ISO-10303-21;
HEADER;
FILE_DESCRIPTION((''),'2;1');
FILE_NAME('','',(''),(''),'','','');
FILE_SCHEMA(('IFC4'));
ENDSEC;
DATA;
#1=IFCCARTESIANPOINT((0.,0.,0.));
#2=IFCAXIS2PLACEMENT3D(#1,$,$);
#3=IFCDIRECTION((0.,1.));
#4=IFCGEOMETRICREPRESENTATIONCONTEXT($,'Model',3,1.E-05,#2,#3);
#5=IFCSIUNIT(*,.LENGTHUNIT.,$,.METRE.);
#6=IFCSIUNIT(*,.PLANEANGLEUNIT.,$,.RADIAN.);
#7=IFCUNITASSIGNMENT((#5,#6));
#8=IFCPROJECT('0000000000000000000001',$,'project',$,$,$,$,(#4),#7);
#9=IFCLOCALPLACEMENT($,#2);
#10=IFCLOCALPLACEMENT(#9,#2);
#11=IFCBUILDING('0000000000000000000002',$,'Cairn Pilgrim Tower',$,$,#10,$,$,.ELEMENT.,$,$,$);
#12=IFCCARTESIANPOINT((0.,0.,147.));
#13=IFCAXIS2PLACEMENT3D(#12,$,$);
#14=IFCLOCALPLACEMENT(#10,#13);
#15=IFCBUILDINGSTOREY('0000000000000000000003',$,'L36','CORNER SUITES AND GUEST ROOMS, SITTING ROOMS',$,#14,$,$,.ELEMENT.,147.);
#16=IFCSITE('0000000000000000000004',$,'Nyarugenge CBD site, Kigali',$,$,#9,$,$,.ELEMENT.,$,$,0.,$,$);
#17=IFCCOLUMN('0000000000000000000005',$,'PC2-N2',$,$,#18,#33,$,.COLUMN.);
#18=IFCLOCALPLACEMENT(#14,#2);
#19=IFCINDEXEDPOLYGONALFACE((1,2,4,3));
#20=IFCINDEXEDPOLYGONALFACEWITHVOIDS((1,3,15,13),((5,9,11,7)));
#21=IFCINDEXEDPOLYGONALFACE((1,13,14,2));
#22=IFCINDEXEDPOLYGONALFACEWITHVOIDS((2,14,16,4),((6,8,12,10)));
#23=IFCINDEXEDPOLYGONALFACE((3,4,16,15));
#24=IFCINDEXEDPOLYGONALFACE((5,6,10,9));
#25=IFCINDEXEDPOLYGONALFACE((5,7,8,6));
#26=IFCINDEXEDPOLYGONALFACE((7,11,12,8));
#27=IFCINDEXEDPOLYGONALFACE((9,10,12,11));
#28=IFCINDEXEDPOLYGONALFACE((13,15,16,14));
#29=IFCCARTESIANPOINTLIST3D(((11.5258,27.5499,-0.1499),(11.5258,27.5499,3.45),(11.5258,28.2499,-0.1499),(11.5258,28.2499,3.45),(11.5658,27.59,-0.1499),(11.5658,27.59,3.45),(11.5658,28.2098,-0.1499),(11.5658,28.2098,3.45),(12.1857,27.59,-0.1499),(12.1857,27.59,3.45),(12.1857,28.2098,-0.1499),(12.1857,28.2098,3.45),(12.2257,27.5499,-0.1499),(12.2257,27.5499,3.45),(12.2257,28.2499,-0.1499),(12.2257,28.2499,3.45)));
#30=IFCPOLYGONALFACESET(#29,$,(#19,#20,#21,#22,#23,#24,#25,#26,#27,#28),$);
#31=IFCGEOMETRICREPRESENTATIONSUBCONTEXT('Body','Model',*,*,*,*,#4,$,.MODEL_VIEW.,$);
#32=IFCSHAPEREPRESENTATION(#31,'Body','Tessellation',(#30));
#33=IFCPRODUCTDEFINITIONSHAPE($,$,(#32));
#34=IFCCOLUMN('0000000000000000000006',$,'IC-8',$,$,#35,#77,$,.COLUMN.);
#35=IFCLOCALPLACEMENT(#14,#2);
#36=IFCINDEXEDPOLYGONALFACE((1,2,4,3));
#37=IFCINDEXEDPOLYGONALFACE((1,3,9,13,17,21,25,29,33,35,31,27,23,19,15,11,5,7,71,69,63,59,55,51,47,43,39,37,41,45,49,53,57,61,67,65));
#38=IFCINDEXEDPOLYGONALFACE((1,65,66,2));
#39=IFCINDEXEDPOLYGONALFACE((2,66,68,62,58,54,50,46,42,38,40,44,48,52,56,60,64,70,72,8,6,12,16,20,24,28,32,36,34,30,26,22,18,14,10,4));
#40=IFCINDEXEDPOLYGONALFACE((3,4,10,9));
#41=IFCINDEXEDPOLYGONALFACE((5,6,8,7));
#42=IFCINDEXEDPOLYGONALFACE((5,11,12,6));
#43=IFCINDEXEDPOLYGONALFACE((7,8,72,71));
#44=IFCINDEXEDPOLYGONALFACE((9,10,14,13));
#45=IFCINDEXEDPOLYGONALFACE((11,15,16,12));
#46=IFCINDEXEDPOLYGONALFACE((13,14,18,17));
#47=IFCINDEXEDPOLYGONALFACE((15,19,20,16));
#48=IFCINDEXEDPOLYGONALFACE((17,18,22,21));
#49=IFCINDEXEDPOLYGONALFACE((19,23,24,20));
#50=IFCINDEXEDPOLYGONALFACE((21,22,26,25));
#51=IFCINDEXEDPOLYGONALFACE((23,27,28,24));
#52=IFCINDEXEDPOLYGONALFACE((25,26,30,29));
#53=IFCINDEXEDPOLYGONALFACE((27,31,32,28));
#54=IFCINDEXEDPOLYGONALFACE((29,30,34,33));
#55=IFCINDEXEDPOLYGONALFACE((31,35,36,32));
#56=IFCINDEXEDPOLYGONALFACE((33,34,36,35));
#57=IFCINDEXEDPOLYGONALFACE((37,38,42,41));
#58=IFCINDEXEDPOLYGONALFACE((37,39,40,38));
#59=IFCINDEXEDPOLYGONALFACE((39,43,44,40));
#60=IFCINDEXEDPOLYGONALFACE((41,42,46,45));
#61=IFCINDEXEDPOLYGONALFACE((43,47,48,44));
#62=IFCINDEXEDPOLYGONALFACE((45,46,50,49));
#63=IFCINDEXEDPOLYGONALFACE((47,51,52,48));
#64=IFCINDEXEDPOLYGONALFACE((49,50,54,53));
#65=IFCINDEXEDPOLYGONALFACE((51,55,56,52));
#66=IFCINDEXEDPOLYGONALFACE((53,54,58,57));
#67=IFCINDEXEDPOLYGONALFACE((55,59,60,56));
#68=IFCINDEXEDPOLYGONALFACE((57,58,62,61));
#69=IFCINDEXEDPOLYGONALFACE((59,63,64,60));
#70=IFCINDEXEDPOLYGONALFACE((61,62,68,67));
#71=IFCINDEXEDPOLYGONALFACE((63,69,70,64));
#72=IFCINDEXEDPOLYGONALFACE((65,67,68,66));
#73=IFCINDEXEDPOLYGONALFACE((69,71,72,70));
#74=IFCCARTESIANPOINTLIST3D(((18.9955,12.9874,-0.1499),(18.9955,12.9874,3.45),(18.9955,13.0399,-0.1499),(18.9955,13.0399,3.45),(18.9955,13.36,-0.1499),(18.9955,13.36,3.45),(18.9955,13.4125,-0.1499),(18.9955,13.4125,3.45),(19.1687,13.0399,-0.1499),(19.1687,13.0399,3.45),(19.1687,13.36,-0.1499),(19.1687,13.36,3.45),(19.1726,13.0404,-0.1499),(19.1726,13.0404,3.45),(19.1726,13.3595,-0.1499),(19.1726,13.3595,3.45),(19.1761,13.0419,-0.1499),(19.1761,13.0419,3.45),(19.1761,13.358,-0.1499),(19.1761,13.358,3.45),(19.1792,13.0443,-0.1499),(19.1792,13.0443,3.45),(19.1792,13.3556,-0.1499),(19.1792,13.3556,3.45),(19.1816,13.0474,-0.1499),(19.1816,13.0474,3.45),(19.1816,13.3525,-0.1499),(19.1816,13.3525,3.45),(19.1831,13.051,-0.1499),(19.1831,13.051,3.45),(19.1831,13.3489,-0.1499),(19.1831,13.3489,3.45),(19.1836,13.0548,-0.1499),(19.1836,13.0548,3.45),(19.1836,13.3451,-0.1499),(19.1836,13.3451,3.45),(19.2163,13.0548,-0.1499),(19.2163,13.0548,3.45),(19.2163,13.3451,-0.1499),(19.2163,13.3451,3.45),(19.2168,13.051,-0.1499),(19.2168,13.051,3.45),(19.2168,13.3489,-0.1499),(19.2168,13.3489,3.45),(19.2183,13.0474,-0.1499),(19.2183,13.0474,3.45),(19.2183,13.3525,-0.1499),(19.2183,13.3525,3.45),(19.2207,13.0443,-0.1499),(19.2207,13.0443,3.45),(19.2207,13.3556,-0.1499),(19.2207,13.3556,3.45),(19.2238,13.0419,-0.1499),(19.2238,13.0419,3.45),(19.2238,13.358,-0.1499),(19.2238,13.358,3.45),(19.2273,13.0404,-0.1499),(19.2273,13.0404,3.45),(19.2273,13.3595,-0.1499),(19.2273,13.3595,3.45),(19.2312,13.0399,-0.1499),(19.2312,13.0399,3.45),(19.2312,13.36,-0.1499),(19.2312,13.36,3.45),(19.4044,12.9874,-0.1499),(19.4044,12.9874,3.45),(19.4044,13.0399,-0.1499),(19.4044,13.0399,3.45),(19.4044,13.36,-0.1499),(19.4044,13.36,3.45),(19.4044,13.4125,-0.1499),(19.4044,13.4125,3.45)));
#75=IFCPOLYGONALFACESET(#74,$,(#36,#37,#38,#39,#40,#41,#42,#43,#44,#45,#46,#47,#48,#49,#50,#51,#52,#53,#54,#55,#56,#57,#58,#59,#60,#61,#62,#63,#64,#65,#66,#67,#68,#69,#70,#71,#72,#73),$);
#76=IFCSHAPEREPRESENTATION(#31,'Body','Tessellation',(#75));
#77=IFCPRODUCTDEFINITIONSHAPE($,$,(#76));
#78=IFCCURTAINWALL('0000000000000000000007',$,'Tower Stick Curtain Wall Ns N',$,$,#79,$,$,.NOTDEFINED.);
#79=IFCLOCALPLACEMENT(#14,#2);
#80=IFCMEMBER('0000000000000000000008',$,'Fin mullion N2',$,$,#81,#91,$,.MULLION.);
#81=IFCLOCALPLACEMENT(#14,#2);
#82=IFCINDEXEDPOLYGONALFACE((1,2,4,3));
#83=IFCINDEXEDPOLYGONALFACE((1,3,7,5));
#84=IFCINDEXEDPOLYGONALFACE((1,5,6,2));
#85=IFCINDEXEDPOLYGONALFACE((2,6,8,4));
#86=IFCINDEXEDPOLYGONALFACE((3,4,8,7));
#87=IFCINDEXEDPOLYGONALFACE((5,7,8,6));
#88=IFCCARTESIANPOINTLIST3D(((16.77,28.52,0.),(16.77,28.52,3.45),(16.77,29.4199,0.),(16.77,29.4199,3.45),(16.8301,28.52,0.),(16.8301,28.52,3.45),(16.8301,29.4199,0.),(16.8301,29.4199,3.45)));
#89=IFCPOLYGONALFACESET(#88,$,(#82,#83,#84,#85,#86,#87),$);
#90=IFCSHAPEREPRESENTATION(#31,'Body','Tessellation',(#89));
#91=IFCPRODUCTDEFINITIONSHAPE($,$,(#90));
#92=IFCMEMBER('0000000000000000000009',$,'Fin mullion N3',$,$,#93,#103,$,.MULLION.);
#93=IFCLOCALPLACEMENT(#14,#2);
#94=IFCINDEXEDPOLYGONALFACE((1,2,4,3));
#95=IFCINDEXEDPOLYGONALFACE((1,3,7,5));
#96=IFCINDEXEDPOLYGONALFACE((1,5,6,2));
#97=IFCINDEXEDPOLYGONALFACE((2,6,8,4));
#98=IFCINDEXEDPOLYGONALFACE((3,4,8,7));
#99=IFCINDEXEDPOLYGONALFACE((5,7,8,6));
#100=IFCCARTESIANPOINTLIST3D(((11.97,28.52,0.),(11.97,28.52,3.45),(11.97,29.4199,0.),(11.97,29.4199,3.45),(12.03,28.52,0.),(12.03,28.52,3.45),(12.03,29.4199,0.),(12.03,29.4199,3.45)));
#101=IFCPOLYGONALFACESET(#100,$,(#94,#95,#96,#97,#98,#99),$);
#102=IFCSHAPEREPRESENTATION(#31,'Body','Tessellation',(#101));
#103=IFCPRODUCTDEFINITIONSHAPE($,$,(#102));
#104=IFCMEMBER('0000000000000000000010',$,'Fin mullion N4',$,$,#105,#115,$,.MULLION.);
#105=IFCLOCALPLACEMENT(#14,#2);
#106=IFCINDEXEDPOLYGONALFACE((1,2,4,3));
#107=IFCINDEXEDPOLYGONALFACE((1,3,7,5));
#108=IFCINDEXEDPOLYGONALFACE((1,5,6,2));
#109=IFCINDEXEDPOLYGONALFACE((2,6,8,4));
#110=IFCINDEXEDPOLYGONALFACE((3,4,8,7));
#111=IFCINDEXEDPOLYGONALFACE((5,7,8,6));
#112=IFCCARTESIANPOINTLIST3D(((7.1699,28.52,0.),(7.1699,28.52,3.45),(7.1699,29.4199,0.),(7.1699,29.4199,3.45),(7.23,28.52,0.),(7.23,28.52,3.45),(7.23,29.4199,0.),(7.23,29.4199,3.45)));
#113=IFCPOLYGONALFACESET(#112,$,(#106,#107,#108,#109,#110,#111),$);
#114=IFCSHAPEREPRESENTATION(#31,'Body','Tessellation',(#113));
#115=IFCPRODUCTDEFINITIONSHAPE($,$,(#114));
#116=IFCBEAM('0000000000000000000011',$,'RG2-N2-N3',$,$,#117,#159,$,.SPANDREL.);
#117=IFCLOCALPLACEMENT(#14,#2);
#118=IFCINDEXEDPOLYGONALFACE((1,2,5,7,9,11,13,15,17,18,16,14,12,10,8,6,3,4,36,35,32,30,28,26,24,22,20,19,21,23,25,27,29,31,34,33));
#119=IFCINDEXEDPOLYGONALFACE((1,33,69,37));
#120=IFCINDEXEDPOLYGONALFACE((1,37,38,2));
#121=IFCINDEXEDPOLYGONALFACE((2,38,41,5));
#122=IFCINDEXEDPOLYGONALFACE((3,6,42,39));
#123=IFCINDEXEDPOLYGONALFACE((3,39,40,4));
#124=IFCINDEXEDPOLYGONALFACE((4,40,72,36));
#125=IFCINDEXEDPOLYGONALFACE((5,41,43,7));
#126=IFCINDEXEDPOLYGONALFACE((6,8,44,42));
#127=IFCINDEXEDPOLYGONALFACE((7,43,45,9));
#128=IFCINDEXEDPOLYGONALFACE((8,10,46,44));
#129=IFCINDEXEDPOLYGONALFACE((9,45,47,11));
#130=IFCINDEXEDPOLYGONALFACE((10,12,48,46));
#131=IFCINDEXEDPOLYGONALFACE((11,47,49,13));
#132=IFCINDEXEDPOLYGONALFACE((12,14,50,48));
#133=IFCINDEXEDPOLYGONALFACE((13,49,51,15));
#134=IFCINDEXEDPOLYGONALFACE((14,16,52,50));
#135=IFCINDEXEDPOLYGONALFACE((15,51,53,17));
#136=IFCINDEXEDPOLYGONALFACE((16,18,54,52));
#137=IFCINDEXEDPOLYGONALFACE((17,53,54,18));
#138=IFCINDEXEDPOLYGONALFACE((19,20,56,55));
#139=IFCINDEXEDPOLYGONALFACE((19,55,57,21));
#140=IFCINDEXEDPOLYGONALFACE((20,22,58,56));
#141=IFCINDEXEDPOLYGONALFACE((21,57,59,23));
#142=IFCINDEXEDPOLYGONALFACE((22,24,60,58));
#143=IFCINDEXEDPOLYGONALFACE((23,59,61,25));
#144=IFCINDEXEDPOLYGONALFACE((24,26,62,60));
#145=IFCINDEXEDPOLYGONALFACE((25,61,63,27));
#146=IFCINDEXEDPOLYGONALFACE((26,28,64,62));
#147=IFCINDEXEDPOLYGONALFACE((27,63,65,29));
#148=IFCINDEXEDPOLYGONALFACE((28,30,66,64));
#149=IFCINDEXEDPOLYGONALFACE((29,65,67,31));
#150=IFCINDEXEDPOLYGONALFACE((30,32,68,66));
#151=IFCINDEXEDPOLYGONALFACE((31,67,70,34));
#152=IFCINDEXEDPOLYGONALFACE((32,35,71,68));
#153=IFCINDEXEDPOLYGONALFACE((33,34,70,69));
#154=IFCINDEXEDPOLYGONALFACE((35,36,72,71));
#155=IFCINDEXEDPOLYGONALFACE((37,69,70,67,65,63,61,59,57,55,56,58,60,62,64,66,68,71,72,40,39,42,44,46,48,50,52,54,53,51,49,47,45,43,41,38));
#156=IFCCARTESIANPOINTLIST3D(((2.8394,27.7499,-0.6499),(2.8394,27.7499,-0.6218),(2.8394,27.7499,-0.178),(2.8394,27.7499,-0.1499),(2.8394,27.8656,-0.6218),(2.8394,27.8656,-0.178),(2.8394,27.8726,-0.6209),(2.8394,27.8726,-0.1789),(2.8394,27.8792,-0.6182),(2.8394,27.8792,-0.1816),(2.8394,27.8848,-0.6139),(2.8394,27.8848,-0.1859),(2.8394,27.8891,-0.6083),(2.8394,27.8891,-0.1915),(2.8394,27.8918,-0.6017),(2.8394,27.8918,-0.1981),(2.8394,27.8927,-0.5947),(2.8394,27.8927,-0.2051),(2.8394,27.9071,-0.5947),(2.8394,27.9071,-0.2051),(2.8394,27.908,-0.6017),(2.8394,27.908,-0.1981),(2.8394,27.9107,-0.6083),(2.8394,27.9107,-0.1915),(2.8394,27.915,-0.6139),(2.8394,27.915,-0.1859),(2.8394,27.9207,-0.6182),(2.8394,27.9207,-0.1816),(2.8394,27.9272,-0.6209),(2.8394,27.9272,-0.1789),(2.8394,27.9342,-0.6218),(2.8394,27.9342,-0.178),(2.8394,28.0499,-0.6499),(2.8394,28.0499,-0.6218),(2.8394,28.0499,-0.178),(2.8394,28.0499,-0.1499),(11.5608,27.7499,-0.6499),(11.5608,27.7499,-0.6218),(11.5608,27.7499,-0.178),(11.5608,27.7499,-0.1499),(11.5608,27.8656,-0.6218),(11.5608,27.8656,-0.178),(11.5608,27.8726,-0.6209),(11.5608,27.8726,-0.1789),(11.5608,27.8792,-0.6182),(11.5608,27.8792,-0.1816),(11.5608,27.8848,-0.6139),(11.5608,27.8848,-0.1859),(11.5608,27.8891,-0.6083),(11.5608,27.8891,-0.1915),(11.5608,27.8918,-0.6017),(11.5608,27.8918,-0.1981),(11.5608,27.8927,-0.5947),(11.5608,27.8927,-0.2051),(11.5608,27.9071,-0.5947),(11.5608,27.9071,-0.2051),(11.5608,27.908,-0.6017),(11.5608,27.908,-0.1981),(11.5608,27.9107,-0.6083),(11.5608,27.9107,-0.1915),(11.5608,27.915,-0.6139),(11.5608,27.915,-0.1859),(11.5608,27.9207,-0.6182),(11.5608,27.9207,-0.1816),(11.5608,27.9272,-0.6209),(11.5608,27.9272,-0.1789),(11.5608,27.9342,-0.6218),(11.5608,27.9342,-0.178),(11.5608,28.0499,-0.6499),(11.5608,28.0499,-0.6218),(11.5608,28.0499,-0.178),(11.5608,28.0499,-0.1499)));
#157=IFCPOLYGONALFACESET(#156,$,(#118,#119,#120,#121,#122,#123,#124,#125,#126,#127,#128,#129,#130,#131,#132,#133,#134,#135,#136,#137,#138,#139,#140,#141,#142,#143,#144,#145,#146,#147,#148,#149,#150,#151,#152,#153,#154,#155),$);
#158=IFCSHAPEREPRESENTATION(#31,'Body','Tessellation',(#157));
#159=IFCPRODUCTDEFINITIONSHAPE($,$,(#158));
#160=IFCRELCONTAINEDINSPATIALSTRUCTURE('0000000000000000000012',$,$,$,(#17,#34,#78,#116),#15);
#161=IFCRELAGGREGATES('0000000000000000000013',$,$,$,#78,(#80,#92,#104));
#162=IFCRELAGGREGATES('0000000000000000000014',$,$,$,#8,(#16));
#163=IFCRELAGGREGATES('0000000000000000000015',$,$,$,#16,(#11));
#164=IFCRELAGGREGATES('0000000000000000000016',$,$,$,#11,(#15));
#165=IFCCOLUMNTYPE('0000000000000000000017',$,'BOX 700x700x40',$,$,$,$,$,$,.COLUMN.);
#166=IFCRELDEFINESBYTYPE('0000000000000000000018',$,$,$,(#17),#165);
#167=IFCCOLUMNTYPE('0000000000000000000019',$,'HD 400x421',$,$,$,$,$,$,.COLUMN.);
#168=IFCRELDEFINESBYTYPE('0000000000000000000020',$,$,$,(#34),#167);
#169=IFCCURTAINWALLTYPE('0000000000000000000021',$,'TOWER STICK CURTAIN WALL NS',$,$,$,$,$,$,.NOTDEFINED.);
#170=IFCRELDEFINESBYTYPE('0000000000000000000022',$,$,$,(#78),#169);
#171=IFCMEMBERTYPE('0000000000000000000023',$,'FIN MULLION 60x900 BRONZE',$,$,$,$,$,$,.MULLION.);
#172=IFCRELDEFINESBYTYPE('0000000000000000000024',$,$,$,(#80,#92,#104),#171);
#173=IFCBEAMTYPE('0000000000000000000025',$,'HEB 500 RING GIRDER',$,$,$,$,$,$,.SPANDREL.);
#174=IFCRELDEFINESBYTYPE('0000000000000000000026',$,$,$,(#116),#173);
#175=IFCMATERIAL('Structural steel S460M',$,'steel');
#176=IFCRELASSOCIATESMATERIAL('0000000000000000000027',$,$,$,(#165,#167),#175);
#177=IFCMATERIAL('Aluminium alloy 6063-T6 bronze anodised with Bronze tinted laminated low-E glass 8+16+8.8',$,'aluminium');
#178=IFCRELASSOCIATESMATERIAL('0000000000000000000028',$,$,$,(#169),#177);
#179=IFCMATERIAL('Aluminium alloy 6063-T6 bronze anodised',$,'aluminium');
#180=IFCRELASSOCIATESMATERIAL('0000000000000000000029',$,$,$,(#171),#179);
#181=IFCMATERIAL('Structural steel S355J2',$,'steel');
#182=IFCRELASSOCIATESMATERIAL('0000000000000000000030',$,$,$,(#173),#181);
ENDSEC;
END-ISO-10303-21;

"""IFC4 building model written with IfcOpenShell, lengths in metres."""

from ifc_helpers import new_model, si_unit, direction, frame, origin, origin_2d, place, context, subcontext, project, spatial, rectangle, hollow_rectangle, i_section, extrude, material, material_profile, profile_set, type_object, element, aggregate, save


model = new_model("IFC4")

# Units and contexts
model_context = context("Model", 3, precision=1e-05, world=origin(), true_north=direction((0.0, 1.0)))
body_context = subcontext(model_context, "Body", "Model", "MODEL_VIEW")
ifc_project = project(units=[si_unit("LENGTHUNIT", "METRE"), si_unit("PLANEANGLEUNIT", "RADIAN")], contexts=[model_context])

# Site, building, storey
site_placement = place(None, origin())
site = spatial("IfcSite", under=ifc_project, at=site_placement, Name="Nyarugenge CBD site, Kigali", CompositionType="ELEMENT", RefElevation=0.0)
building_placement = place(site_placement, origin())
building = spatial("IfcBuilding", under=site, at=building_placement, Name="Cairn Pilgrim Tower", CompositionType="ELEMENT")
storey_placement = place(building_placement, frame((0.0, 0.0, 147.0)))
storey = spatial("IfcBuildingStorey", under=building, at=storey_placement, Name="L36", Description="CORNER SUITES AND GUEST ROOMS, SITTING ROOMS", CompositionType="ELEMENT", Elevation=147.0)

# Columns
ifc_material_1 = material(Name="Structural steel S460M", Category="steel")
ifc_material_profile_1 = material_profile(ifc_material_1, hollow_rectangle(XDim=0.7, YDim=0.7, WallThickness=0.04, at=origin_2d()), Name="BOX 700x700x40")
ifc_profile_set_1 = profile_set([ifc_material_profile_1], Name="Structural steel S460M")
column_type_1 = type_object("IfcColumnType", Name="BOX 700x700x40", PredefinedType="COLUMN", material=ifc_profile_set_1)
column_1_placement = place(storey_placement, frame((11.8757, 27.8999, -0.1499), z_axis=(0.0, 0.0, 1.0), x_axis=(1.0, 0.0, 0.0)))
element("IfcColumn", 1, at=column_1_placement, inside=storey, type_object=column_type_1, Name="PC2-N2", PredefinedType="COLUMN", context=body_context, shape_type="SweptSolid", body=[
    extrude(hollow_rectangle(XDim=0.7, YDim=0.7, WallThickness=0.04, at=origin_2d()), origin(), (0.0, 0.0, 1.0), 3.5999),
])
ifc_material_profile_2 = material_profile(ifc_material_1, i_section(OverallWidth=0.4089, OverallDepth=0.425, WebThickness=0.0327, FlangeThickness=0.0525, FilletRadius=0.0149, at=origin_2d()), Name="HD 400x421")
ifc_profile_set_2 = profile_set([ifc_material_profile_2], Name="Structural steel S460M")
column_type_2 = type_object("IfcColumnType", Name="HD 400x421", PredefinedType="COLUMN", material=ifc_profile_set_2)
column_2_placement = place(storey_placement, frame((19.2, 13.2, -0.1499), z_axis=(0.0, 0.0, 1.0), x_axis=(1.0, 0.0, 0.0)))
element("IfcColumn", 2, at=column_2_placement, inside=storey, type_object=column_type_2, Name="IC-8", PredefinedType="COLUMN", context=body_context, shape_type="SweptSolid", body=[
    extrude(i_section(OverallWidth=0.4089, OverallDepth=0.425, WebThickness=0.0327, FlangeThickness=0.0525, FilletRadius=0.0149, at=origin_2d()), origin(), (0.0, 0.0, 1.0), 3.5999),
])

# Curtain wall, members
ifc_material_2 = material(Name="Aluminium alloy 6063-T6 bronze anodised with Bronze tinted laminated low-E glass 8+16+8.8", Category="aluminium")
curtain_wall_type = type_object("IfcCurtainWallType", Name="TOWER STICK CURTAIN WALL NS", PredefinedType="NOTDEFINED", material=ifc_material_2)
curtain_wall_placement = place(storey_placement, origin())
curtain_wall = element("IfcCurtainWall", 3, at=curtain_wall_placement, inside=storey, type_object=curtain_wall_type, Name="Tower Stick Curtain Wall Ns N", PredefinedType="NOTDEFINED")
ifc_material_3 = material(Name="Aluminium alloy 6063-T6 bronze anodised", Category="aluminium")
ifc_material_profile_3 = material_profile(ifc_material_3, rectangle(XDim=0.8999, YDim=0.0601, at=origin_2d()), Name="FIN MULLION 60x900 BRONZE")
ifc_profile_set_3 = profile_set([ifc_material_profile_3], Name="Aluminium alloy 6063-T6 bronze anodised")
member_type_1 = type_object("IfcMemberType", Name="FIN MULLION 60x900 BRONZE", PredefinedType="MULLION", material=ifc_profile_set_3)
member_1_placement = place(storey_placement, frame((16.8, 28.97, 0.0), z_axis=(0.0, 0.0, 1.0), x_axis=(0.0, 1.0, 0.0)))
member_1 = element("IfcMember", 4, at=member_1_placement, type_object=member_type_1, Name="Fin mullion N2", PredefinedType="MULLION", context=body_context, shape_type="SweptSolid", body=[
    extrude(rectangle(XDim=0.8999, YDim=0.0601, at=origin_2d()), origin(), (0.0, 0.0, 1.0), 3.45),
])
member_2_placement = place(storey_placement, frame((12.0, 28.97, 0.0), z_axis=(0.0, 0.0, 1.0), x_axis=(0.0, 1.0, 0.0)))
member_2 = element("IfcMember", 5, at=member_2_placement, type_object=member_type_1, Name="Fin mullion N3", PredefinedType="MULLION", context=body_context, shape_type="SweptSolid", body=[
    extrude(rectangle(XDim=0.8999, YDim=0.0601, at=origin_2d()), origin(), (0.0, 0.0, 1.0), 3.45),
])
member_3_placement = place(storey_placement, frame((7.2, 28.97, 0.0), z_axis=(0.0, 0.0, 1.0), x_axis=(0.0, 1.0, 0.0)))
member_3 = element("IfcMember", 6, at=member_3_placement, type_object=member_type_1, Name="Fin mullion N4", PredefinedType="MULLION", context=body_context, shape_type="SweptSolid", body=[
    extrude(rectangle(XDim=0.8999, YDim=0.0601, at=origin_2d()), origin(), (0.0, 0.0, 1.0), 3.45),
])

# Beam
ifc_material_4 = material(Name="Structural steel S355J2", Category="steel")
ifc_material_profile_4 = material_profile(ifc_material_4, i_section(OverallWidth=0.3, OverallDepth=0.5, WebThickness=0.0144, FlangeThickness=0.0281, FilletRadius=0.0271, at=origin_2d()), Name="HEB 500")
ifc_profile_set_4 = profile_set([ifc_material_profile_4], Name="Structural steel S355J2")
beam_type_1 = type_object("IfcBeamType", Name="HEB 500 RING GIRDER", PredefinedType="SPANDREL", material=ifc_profile_set_4)
beam_1_placement = place(storey_placement, frame((11.5608, 27.8999, -0.3999), z_axis=(-1.0, 0.0, 0.0), x_axis=(0.0, -1.0, 0.0)))
element("IfcBeam", 7, at=beam_1_placement, inside=storey, type_object=beam_type_1, Name="RG2-N2-N3", PredefinedType="SPANDREL", context=body_context, shape_type="SweptSolid", body=[
    extrude(i_section(OverallWidth=0.3, OverallDepth=0.5, WebThickness=0.0144, FlangeThickness=0.0281, FilletRadius=0.0271, at=origin_2d()), origin(), (0.0, 0.0, 1.0), 8.7214),
])

aggregate(curtain_wall, [member_1, member_2, member_3])

save(model, "model.ifc")
